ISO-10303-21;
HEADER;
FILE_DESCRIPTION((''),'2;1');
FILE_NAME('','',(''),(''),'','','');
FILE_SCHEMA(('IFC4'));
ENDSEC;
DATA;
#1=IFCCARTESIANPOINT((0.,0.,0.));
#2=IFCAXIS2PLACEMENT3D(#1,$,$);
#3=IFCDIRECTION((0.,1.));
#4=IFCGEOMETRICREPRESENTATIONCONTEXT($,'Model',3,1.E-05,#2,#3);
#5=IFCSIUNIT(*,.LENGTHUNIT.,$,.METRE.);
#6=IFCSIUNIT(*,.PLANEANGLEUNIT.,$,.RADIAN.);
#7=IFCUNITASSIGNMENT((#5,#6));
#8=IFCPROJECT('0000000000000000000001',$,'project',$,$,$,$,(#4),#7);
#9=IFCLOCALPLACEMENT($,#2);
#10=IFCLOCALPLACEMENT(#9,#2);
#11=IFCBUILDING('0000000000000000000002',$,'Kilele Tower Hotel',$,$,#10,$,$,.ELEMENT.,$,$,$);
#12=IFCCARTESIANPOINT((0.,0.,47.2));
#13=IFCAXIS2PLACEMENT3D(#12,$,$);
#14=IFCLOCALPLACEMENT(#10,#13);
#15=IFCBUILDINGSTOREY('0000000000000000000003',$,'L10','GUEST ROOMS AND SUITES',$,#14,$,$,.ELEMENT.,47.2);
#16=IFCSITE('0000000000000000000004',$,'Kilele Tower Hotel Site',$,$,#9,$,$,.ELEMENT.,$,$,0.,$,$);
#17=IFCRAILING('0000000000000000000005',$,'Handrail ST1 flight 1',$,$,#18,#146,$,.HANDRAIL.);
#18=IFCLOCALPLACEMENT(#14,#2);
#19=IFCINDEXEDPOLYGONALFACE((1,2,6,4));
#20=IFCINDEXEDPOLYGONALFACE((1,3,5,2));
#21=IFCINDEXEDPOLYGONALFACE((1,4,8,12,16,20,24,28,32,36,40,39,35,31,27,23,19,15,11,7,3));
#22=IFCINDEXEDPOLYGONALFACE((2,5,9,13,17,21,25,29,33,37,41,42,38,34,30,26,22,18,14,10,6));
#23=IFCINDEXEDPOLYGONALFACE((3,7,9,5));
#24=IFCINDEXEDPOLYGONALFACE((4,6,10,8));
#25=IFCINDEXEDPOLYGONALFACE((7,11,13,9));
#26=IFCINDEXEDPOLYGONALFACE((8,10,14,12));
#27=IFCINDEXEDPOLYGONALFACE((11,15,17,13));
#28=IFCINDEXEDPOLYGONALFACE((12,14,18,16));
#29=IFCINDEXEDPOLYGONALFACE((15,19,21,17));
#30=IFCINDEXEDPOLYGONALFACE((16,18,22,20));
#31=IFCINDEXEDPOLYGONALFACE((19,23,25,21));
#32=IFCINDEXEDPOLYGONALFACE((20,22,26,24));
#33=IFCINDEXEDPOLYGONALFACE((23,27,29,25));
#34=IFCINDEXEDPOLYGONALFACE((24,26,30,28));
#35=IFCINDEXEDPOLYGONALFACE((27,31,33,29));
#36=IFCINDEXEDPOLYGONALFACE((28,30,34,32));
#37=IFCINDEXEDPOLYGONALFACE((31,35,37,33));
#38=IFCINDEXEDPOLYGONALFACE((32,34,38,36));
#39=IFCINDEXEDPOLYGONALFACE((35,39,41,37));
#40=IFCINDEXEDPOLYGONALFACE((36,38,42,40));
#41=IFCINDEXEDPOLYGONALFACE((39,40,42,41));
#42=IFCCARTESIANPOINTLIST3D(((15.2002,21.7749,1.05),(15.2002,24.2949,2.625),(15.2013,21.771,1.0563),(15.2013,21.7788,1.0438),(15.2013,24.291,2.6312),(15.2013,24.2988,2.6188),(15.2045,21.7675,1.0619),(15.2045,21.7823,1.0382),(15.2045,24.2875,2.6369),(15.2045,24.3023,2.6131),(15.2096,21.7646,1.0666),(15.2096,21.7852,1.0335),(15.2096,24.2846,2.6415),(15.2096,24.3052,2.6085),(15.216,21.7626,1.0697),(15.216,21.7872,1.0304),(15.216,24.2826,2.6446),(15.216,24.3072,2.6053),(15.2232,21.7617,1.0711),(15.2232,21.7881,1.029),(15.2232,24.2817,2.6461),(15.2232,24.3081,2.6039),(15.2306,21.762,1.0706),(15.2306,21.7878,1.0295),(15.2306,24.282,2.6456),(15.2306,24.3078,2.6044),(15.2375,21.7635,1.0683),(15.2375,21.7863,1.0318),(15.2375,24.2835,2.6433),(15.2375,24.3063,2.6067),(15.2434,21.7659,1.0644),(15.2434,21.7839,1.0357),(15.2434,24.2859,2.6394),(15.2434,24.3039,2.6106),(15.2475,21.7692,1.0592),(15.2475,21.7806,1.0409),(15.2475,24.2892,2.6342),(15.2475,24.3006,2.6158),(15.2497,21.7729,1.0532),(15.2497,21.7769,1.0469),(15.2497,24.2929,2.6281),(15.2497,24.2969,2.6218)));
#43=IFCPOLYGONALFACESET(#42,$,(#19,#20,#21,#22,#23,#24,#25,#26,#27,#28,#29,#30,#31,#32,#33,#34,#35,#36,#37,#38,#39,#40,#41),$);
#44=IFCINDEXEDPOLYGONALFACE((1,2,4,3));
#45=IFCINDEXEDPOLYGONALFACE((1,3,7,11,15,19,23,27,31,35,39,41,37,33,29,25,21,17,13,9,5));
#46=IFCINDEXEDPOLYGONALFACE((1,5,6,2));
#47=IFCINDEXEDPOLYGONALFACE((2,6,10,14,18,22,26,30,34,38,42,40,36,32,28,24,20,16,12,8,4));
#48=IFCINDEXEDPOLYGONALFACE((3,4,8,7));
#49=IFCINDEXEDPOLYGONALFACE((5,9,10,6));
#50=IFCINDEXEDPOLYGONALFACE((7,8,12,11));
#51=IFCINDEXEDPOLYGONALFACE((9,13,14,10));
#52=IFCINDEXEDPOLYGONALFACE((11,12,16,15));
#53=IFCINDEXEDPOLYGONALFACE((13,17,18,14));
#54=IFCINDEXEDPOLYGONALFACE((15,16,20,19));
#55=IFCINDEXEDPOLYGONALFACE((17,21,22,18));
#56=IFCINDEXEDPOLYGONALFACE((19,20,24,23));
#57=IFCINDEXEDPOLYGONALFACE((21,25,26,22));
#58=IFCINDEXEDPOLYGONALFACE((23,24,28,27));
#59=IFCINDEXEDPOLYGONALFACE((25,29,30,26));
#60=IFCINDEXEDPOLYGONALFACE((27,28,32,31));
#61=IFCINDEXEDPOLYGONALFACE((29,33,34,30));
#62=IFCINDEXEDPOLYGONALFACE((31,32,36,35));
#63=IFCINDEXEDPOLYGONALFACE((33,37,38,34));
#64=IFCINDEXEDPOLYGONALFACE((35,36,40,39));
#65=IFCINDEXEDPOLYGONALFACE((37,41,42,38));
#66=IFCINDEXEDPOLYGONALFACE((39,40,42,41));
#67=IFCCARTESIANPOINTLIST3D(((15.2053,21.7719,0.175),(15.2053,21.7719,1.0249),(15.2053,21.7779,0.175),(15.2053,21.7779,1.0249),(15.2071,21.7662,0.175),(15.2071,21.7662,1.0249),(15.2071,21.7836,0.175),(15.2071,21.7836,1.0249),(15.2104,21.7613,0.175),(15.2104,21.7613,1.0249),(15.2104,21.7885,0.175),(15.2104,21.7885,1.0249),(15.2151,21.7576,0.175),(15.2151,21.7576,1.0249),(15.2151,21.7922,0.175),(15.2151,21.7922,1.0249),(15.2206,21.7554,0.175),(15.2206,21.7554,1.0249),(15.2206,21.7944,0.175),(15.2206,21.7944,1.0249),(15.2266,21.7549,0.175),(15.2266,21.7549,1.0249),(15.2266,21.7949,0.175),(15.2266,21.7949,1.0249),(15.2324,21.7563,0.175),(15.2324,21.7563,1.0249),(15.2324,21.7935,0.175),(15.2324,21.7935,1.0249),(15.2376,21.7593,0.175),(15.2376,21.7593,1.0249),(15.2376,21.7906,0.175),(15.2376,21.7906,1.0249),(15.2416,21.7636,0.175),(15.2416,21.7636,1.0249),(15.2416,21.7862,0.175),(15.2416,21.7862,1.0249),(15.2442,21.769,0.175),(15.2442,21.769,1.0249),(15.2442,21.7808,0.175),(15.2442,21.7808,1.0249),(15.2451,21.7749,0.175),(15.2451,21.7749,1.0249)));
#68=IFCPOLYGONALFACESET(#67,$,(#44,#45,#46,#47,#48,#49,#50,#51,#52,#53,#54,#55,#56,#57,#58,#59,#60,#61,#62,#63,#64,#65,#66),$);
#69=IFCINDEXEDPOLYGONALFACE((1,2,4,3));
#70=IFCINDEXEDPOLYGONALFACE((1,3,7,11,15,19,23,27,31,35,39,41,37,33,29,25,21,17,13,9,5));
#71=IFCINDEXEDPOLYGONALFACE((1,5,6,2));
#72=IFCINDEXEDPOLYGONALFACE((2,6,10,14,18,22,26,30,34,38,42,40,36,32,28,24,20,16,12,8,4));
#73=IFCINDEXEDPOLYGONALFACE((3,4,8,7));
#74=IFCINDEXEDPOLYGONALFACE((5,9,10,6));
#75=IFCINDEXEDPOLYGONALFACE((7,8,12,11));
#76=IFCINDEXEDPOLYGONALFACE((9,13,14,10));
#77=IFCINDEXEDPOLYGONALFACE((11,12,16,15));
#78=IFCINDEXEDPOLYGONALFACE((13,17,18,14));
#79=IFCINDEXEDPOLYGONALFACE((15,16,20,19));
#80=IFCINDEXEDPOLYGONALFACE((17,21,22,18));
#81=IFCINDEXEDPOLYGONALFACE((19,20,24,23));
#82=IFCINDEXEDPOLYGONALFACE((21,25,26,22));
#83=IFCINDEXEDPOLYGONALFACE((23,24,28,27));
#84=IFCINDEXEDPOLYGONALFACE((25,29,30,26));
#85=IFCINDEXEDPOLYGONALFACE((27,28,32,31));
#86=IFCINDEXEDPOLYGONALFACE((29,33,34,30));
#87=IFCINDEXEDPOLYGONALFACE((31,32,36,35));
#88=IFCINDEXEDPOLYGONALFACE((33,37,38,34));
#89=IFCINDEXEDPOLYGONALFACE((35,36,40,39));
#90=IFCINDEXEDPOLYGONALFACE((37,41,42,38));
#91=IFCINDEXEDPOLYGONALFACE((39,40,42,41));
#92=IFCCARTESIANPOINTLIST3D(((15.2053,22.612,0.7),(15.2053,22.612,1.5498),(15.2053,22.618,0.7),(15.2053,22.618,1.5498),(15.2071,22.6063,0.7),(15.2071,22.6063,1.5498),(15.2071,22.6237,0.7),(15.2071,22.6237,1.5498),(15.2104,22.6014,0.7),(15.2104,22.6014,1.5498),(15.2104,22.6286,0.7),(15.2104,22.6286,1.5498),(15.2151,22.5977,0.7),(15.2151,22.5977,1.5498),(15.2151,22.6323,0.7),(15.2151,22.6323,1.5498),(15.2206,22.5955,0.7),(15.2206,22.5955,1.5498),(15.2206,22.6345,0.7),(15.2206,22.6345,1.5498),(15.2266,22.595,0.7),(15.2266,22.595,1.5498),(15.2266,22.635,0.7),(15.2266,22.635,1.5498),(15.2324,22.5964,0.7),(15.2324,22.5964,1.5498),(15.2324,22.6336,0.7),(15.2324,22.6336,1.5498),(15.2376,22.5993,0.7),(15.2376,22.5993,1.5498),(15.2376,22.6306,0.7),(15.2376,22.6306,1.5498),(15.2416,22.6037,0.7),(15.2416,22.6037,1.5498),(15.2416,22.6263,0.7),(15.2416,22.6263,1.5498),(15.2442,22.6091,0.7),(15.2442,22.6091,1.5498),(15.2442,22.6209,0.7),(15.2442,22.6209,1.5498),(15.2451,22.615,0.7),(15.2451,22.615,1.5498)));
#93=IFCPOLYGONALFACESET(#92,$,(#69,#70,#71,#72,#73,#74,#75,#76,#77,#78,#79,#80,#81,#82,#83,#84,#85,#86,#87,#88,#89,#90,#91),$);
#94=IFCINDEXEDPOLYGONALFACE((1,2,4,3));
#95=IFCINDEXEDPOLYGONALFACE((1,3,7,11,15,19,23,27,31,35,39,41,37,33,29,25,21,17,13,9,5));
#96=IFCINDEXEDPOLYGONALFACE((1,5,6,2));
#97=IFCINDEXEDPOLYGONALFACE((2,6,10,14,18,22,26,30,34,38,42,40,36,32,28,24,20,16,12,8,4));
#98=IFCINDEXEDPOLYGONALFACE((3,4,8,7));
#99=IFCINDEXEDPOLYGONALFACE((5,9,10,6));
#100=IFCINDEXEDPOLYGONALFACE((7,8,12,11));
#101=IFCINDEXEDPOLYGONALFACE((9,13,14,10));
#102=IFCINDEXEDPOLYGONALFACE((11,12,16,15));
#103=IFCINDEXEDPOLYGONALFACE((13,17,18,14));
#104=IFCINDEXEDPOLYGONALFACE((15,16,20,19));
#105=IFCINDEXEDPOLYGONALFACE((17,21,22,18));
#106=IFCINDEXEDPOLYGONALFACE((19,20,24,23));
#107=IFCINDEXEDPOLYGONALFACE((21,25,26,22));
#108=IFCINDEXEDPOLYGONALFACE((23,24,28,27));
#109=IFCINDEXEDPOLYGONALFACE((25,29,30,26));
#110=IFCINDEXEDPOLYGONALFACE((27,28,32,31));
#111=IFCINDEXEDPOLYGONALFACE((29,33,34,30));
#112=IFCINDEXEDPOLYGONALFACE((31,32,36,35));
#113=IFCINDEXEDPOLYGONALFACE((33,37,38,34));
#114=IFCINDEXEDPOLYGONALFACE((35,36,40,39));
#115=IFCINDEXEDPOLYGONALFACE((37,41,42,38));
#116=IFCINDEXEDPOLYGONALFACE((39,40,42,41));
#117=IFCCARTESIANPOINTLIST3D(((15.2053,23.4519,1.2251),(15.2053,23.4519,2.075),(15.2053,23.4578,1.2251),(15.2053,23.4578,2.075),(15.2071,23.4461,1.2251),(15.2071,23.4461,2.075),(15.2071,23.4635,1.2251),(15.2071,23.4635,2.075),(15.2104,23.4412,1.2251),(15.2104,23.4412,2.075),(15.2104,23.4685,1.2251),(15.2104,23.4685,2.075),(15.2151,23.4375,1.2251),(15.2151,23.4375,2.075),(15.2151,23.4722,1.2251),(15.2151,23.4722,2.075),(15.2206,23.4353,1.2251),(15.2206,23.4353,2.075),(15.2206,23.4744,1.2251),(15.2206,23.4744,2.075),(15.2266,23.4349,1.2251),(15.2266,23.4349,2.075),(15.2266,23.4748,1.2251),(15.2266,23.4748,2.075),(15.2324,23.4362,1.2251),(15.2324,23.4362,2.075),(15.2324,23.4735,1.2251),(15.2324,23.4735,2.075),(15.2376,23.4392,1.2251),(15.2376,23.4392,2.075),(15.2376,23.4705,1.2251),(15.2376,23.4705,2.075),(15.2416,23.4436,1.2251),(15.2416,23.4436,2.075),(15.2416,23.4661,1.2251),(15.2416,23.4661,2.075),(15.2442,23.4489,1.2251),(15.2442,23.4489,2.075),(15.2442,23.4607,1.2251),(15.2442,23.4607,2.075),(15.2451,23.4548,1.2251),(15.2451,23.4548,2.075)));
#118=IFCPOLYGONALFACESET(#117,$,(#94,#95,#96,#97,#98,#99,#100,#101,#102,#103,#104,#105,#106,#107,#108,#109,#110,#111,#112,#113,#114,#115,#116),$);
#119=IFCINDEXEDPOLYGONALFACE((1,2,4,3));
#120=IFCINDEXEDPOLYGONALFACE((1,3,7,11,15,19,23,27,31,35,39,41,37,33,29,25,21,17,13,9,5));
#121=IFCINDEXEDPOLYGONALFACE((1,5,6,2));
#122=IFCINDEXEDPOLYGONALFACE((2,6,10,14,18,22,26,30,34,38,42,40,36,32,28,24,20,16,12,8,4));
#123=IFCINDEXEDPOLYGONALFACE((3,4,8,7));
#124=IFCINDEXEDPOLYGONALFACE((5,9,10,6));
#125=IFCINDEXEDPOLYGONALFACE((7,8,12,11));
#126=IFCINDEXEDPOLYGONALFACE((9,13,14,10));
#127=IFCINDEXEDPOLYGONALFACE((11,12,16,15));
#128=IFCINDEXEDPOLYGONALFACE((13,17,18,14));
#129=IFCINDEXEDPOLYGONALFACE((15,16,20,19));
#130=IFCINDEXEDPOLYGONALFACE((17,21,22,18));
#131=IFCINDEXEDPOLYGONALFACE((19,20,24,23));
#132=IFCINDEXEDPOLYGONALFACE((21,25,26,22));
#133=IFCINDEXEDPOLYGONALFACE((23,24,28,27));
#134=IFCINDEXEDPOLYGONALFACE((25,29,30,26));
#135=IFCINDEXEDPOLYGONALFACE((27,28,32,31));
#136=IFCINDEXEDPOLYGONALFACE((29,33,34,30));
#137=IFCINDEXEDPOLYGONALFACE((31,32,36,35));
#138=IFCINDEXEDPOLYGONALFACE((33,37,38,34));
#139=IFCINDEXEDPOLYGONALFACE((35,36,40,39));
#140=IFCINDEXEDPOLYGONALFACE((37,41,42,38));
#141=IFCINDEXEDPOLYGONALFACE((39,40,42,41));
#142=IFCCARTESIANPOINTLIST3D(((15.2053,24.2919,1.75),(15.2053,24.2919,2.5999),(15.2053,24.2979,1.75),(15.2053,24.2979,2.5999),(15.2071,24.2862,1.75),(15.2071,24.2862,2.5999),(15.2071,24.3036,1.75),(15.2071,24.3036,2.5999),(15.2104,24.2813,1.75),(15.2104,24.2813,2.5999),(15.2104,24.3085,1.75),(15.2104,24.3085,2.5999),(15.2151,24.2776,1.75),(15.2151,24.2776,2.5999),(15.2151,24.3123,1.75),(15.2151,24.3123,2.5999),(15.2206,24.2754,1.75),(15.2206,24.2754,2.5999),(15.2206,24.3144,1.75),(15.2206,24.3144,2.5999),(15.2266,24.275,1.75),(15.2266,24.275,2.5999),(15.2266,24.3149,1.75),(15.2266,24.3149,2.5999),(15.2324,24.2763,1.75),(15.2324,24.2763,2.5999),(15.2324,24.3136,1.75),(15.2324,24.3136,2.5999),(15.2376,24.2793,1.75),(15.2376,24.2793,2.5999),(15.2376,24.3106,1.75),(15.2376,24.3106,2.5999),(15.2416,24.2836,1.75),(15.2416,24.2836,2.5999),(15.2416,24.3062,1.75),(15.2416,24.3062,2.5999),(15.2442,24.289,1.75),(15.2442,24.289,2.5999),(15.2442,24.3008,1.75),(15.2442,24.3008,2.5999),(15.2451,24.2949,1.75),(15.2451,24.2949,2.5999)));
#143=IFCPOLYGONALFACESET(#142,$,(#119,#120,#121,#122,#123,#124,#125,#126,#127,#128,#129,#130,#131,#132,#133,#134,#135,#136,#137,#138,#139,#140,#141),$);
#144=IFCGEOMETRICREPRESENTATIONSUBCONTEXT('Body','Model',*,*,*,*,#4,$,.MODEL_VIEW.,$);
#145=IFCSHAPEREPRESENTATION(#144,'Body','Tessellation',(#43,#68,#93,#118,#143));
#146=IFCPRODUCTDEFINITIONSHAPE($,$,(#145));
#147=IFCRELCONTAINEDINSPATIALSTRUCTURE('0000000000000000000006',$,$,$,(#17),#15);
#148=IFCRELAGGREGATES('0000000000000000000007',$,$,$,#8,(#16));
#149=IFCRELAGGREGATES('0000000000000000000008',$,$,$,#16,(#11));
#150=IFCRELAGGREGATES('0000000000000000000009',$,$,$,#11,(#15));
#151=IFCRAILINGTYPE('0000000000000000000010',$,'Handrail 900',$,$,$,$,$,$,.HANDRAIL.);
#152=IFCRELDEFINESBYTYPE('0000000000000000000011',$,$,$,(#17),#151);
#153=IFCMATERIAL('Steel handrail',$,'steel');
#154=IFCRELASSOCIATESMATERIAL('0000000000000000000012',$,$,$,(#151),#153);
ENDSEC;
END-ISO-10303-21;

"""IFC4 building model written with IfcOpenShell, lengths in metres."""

from ifc_helpers import new_model, si_unit, direction, frame, origin, origin_2d, place, context, subcontext, project, spatial, circle, extrude, material, type_object, element, save


model = new_model("IFC4")

# Units and contexts
model_context = context("Model", 3, precision=1e-05, world=origin(), true_north=direction((0.0, 1.0)))
body_context = subcontext(model_context, "Body", "Model", "MODEL_VIEW")
ifc_project = project(units=[si_unit("LENGTHUNIT", "METRE"), si_unit("PLANEANGLEUNIT", "RADIAN")], contexts=[model_context])

# Site, building, storey
site_placement = place(None, origin())
site = spatial("IfcSite", under=ifc_project, at=site_placement, Name="Kilele Tower Hotel Site", CompositionType="ELEMENT", RefElevation=0.0)
building_placement = place(site_placement, origin())
building = spatial("IfcBuilding", under=site, at=building_placement, Name="Kilele Tower Hotel", CompositionType="ELEMENT")
storey_placement = place(building_placement, frame((0.0, 0.0, 47.2)))
storey = spatial("IfcBuildingStorey", under=building, at=storey_placement, Name="L10", Description="GUEST ROOMS AND SUITES", CompositionType="ELEMENT", Elevation=47.2)

# Railing
ifc_material_1 = material(Name="Steel handrail", Category="steel")
railing_type_1 = type_object("IfcRailingType", Name="Handrail 900", PredefinedType="HANDRAIL", material=ifc_material_1)
for number, where, name in (
    (1, (15.2251, 21.7749, 0.175), "Handrail ST1 flight 1"),
):
    element("IfcRailing", number, at=place(storey_placement, frame(where)), inside=storey, type_object=railing_type_1, Name=name, PredefinedType="HANDRAIL", context=body_context, shape_type="SweptSolid", body=[
        extrude(circle(Radius=0.0249, at=origin_2d()), frame((0.0, 0.0, 0.875), z_axis=(0.0, 0.848008, 0.529984), x_axis=(-1.0, 0.0, 0.0)), (0.0, 0.0, 1.0), 2.9717),
        extrude(circle(Radius=0.02, at=origin_2d()), origin(), (0.0, 0.0, 1.0), 0.8499),
        extrude(circle(Radius=0.02, at=origin_2d()), frame((0.0, 0.8401, 0.5249)), (0.0, 0.0, 1.0), 0.8499),
        extrude(circle(Radius=0.02, at=origin_2d()), frame((0.0, 1.6799, 1.05)), (0.0, 0.0, 1.0), 0.8499),
        extrude(circle(Radius=0.02, at=origin_2d()), frame((0.0, 2.52, 1.575)), (0.0, 0.0, 1.0), 0.8499),
    ])

save(model, "model.ifc")
